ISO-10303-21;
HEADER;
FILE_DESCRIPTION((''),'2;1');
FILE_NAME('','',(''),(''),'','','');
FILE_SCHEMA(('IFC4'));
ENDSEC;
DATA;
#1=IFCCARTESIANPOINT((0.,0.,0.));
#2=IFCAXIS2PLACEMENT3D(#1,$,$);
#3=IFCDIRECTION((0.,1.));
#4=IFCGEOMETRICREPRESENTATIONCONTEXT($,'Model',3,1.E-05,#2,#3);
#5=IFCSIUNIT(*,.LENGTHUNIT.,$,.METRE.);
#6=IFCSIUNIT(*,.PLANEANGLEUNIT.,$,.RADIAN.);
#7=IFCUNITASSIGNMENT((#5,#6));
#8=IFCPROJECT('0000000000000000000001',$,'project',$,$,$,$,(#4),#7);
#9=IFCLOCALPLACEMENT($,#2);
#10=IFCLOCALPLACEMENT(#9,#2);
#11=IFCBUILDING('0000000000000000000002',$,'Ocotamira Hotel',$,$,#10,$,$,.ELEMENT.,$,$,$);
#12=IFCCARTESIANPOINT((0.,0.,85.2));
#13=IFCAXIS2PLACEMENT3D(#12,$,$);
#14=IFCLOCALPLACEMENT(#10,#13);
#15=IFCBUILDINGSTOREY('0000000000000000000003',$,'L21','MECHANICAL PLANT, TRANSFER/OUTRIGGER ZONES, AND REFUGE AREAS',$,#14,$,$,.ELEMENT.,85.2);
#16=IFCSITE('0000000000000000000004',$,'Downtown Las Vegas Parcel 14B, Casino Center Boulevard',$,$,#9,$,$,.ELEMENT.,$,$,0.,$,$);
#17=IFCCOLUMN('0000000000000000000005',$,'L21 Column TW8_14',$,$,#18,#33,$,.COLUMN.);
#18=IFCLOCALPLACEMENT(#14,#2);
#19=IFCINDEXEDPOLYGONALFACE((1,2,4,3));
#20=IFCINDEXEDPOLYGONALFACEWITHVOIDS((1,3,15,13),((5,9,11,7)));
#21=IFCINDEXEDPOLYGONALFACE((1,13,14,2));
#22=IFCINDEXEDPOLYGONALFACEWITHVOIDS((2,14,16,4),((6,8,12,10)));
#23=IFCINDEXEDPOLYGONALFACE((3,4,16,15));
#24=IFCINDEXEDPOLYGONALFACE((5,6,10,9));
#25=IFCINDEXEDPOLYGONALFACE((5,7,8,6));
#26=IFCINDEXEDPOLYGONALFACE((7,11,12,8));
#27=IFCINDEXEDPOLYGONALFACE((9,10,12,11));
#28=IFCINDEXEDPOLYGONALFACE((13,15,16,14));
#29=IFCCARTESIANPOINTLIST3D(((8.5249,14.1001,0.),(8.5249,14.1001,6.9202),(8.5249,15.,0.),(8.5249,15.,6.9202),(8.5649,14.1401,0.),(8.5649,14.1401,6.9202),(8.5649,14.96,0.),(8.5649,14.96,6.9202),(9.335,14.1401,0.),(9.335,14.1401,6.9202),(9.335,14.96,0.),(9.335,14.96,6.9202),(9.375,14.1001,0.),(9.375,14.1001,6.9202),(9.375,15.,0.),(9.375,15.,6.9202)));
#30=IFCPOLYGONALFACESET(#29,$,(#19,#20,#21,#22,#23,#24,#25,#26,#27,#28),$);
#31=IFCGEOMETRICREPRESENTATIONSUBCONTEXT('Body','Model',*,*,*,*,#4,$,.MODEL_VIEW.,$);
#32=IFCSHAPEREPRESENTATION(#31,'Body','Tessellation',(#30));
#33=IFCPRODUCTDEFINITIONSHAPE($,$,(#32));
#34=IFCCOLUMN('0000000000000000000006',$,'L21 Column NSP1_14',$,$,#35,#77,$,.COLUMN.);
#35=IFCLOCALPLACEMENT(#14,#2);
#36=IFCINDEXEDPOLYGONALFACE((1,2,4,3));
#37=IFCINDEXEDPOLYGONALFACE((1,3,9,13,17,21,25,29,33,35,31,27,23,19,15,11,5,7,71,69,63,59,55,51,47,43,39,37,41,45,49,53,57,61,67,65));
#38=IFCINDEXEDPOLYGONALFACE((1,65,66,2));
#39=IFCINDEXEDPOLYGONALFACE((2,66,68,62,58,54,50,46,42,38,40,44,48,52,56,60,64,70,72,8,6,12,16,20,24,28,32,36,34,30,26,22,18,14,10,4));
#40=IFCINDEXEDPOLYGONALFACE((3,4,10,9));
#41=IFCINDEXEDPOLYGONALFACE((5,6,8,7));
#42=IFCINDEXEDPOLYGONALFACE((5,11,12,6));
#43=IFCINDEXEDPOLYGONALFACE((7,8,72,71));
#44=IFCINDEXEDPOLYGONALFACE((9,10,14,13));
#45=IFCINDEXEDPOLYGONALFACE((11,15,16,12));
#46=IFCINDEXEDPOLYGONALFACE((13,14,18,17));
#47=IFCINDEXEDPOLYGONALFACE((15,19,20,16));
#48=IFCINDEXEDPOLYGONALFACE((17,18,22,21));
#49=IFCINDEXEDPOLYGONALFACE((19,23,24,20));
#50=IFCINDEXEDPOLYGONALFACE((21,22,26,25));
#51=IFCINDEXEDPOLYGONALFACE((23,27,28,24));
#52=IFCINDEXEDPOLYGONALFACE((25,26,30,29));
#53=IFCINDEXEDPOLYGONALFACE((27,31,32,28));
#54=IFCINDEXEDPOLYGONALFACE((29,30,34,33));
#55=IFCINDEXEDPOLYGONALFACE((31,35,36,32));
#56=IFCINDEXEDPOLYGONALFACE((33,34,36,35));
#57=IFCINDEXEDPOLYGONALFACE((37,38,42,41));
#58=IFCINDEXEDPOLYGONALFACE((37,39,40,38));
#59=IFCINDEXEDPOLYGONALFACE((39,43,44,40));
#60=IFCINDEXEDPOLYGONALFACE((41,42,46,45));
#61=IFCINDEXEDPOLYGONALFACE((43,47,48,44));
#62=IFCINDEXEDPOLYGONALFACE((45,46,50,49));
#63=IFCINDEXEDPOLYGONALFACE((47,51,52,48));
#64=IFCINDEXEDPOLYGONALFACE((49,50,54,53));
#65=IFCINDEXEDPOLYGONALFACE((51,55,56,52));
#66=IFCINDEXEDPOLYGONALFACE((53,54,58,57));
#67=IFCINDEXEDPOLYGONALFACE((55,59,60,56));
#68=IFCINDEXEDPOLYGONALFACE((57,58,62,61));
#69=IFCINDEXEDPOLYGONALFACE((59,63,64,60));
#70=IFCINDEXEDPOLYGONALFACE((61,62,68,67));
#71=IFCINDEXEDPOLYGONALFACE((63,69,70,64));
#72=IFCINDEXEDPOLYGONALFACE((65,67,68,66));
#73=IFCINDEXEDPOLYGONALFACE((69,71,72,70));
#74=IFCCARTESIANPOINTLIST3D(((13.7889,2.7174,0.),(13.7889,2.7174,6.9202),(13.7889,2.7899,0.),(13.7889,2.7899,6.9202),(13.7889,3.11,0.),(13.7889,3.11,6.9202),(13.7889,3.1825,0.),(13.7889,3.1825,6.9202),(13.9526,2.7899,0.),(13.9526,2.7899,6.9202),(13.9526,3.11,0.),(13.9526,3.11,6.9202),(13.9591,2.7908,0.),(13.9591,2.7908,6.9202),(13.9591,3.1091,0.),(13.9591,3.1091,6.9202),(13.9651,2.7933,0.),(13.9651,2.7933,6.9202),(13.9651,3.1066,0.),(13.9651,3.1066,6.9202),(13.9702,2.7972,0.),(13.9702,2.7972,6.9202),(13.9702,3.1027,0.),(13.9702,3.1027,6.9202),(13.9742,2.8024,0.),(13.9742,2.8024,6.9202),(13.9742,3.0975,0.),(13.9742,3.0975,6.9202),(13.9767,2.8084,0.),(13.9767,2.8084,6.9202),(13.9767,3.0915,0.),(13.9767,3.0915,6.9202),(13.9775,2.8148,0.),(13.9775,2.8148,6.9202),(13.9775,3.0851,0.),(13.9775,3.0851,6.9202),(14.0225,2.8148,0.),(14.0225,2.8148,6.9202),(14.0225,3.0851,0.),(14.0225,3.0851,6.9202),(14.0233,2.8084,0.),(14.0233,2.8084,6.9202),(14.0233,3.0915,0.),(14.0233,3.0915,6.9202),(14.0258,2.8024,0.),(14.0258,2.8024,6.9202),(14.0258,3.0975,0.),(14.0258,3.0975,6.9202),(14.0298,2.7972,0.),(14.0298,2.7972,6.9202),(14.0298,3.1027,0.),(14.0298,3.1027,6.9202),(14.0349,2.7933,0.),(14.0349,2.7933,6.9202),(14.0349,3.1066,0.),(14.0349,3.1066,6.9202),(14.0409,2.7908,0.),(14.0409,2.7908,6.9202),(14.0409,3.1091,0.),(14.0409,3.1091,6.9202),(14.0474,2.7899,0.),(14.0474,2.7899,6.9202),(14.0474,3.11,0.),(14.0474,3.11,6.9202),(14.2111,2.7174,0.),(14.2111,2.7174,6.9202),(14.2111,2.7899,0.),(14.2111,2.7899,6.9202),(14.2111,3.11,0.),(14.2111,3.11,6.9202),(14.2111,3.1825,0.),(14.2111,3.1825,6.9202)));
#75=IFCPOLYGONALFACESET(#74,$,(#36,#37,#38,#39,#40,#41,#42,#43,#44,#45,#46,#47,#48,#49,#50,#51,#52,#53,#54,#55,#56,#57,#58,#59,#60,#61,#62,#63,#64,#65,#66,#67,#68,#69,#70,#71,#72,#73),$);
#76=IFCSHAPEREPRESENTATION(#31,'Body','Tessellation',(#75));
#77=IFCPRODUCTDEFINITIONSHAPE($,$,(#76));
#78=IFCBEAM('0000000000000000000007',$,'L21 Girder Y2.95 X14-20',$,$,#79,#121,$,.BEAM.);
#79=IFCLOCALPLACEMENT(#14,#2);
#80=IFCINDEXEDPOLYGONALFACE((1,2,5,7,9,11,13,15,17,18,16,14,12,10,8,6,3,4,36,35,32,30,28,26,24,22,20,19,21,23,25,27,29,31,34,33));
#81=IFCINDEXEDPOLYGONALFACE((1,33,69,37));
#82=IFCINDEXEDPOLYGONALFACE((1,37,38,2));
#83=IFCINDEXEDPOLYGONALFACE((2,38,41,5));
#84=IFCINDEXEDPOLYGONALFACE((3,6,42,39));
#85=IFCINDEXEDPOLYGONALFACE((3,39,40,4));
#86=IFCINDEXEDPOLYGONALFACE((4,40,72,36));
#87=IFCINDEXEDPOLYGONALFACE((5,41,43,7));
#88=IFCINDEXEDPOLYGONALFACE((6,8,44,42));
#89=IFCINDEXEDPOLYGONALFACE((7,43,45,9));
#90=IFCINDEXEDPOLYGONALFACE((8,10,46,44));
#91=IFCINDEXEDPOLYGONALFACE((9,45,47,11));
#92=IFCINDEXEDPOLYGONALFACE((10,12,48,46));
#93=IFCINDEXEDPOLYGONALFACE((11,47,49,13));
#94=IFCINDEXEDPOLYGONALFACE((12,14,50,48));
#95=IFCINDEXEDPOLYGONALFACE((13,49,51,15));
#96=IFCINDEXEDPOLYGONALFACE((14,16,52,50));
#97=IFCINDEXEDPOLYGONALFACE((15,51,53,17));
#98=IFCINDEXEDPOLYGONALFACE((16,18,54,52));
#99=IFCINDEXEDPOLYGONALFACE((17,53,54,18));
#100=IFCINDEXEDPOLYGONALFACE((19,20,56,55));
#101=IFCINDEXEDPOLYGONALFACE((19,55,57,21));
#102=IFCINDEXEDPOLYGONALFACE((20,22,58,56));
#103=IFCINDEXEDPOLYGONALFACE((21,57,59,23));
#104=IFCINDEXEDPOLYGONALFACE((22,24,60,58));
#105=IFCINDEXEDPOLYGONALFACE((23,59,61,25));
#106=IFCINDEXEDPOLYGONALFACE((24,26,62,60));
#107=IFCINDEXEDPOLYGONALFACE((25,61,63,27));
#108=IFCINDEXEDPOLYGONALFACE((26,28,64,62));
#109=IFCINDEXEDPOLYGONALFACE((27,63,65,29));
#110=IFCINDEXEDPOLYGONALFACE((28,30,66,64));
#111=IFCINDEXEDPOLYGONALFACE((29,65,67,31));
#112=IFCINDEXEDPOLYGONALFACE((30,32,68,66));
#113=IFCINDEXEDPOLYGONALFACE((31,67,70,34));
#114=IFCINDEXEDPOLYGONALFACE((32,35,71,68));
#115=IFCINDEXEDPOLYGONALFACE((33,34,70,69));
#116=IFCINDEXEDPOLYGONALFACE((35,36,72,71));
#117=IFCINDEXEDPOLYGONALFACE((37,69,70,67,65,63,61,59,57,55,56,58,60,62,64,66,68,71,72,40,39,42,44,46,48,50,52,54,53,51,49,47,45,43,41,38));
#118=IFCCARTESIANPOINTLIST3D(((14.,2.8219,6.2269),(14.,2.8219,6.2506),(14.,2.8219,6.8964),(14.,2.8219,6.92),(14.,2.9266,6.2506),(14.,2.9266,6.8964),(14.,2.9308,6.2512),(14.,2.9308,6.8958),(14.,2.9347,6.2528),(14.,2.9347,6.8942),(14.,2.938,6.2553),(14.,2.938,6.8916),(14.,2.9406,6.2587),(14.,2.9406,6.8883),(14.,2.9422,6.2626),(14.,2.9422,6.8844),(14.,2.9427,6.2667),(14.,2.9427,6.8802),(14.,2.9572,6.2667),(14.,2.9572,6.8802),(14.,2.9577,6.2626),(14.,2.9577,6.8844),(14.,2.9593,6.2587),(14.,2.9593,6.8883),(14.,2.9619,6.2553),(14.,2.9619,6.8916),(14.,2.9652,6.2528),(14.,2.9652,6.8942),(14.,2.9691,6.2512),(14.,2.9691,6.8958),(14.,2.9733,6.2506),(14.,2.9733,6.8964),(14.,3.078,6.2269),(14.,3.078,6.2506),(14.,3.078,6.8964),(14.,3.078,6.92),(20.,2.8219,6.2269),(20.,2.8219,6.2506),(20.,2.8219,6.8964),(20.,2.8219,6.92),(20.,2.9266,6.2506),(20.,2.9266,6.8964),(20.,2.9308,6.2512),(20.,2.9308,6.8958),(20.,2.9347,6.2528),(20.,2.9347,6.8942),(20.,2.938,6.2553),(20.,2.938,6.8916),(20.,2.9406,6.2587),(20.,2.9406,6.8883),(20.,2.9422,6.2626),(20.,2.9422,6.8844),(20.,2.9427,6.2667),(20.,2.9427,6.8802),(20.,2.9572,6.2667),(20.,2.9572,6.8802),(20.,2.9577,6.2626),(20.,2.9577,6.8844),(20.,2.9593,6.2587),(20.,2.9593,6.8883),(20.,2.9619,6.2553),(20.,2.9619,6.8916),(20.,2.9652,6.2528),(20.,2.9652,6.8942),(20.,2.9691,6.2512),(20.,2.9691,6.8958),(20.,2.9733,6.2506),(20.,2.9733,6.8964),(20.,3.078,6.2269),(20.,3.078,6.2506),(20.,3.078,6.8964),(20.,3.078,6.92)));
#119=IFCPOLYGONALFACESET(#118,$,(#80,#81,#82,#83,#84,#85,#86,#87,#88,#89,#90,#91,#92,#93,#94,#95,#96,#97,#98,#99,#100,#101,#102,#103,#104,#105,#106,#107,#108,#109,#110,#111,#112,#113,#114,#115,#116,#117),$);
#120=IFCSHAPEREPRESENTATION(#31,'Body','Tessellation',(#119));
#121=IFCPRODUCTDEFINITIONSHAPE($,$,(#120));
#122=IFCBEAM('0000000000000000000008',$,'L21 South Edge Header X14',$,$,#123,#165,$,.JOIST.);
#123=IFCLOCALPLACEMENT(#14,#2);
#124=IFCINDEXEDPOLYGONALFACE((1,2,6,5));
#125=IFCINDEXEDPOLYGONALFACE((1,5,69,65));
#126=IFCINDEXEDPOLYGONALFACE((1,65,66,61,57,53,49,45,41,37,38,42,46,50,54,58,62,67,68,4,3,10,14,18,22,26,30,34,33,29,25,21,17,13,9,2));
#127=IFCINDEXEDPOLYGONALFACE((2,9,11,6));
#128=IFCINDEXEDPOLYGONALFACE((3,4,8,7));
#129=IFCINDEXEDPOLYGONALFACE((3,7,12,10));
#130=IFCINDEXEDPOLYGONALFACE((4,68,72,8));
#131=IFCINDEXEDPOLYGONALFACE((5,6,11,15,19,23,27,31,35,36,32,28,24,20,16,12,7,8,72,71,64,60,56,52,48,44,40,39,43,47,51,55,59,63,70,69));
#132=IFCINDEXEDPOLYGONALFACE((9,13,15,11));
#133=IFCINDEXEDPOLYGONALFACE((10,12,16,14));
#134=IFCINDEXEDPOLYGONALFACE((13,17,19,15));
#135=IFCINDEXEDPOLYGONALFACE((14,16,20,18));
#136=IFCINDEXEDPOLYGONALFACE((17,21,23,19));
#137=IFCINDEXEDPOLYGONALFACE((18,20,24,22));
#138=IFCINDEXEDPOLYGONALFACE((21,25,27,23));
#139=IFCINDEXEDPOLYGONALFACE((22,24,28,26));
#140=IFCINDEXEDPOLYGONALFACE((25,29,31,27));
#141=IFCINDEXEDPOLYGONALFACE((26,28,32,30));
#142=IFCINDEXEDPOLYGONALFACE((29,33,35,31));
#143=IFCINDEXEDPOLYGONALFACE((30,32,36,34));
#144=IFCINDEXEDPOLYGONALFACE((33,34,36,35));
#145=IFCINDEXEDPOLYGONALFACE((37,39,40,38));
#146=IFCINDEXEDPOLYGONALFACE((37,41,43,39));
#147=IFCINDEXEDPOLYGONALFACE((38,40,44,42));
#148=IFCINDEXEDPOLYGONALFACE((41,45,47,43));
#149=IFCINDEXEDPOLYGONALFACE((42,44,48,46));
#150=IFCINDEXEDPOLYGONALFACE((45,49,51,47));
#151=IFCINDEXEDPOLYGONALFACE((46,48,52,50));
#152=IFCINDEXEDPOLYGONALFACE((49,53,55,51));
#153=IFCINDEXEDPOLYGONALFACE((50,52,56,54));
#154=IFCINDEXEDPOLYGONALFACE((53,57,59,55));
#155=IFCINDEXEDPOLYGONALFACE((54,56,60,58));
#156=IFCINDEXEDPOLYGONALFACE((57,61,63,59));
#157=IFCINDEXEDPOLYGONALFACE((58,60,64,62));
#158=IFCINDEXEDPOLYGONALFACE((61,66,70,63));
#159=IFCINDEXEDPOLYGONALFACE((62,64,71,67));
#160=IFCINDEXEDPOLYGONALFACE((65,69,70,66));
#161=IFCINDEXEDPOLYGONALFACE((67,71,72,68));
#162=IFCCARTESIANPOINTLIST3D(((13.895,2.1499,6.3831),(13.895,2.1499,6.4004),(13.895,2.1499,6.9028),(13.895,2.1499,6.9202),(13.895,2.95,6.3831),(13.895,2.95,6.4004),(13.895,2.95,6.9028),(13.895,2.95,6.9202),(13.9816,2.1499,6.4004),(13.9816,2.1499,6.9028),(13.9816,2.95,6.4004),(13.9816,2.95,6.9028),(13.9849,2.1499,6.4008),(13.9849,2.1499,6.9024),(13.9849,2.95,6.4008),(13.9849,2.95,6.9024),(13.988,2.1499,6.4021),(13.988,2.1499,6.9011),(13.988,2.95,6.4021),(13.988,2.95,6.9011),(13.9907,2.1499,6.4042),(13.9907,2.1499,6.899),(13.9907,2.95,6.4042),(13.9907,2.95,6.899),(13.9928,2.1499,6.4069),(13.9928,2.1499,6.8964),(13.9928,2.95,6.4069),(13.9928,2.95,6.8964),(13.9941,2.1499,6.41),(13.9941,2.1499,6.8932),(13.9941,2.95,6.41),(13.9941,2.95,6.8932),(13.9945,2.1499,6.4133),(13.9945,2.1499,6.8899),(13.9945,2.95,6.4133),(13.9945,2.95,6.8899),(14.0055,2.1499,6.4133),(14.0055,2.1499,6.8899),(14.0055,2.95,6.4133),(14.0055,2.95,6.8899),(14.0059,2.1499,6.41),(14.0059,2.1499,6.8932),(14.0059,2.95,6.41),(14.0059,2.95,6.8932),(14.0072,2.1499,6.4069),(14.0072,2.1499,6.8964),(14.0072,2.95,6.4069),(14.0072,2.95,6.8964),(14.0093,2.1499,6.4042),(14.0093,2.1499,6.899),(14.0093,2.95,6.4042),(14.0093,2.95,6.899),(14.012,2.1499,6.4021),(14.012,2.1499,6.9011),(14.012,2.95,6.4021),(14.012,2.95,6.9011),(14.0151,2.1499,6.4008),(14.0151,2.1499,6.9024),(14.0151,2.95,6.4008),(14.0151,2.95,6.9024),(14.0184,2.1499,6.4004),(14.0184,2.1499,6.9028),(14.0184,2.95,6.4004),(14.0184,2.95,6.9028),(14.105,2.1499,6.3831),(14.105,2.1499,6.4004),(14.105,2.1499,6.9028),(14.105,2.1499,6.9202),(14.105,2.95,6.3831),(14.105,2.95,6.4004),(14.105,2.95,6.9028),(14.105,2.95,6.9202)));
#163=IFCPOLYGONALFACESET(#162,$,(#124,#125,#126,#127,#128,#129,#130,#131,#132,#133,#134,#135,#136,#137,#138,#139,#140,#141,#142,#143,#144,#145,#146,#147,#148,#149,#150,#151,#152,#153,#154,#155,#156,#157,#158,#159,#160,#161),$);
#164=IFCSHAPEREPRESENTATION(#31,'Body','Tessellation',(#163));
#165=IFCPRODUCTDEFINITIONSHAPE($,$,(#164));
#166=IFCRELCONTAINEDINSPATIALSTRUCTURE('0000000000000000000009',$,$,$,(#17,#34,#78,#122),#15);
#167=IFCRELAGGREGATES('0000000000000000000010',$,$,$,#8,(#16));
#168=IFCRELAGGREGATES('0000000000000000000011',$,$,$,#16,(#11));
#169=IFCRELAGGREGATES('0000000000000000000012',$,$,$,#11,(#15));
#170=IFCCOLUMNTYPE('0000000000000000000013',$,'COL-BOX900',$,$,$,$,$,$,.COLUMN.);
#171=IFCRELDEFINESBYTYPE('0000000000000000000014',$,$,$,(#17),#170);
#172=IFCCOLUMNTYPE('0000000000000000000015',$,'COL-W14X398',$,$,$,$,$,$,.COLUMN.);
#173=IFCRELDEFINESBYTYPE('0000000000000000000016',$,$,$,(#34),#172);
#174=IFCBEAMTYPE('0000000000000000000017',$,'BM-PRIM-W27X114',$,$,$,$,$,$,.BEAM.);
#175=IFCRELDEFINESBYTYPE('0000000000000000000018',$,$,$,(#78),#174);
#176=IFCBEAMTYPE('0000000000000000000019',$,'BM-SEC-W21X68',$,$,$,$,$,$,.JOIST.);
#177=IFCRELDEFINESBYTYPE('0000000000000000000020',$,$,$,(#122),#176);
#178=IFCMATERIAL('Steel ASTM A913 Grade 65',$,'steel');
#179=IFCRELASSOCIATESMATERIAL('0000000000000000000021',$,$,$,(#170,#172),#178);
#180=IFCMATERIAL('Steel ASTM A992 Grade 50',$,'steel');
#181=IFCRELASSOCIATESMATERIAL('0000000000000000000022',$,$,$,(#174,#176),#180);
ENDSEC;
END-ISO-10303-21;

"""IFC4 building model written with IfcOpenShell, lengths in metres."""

from ifc_helpers import new_model, si_unit, direction, frame, origin, origin_2d, place, context, subcontext, project, spatial, hollow_rectangle, i_section, extrude, source, transform, mapped, material, material_profile, profile_set, type_object, element, save


model = new_model("IFC4")

# Units and contexts
model_context = context("Model", 3, precision=1e-05, world=origin(), true_north=direction((0.0, 1.0)))
body_context = subcontext(model_context, "Body", "Model", "MODEL_VIEW")
ifc_project = project(units=[si_unit("LENGTHUNIT", "METRE"), si_unit("PLANEANGLEUNIT", "RADIAN")], contexts=[model_context])

# Site, building, storey
site_placement = place(None, origin())
site = spatial("IfcSite", under=ifc_project, at=site_placement, Name="Downtown Las Vegas Parcel 14B, Casino Center Boulevard", CompositionType="ELEMENT", RefElevation=0.0)
building_placement = place(site_placement, origin())
building = spatial("IfcBuilding", under=site, at=building_placement, Name="Ocotamira Hotel", CompositionType="ELEMENT")
storey_placement = place(building_placement, frame((0.0, 0.0, 85.2)))
storey = spatial("IfcBuildingStorey", under=building, at=storey_placement, Name="L21", Description="MECHANICAL PLANT, TRANSFER/OUTRIGGER ZONES, AND REFUGE AREAS", CompositionType="ELEMENT", Elevation=85.2)

# Columns
ifc_material_1 = material(Name="Steel ASTM A913 Grade 65", Category="steel")
ifc_material_profile_1 = material_profile(ifc_material_1, hollow_rectangle(XDim=0.8501, YDim=0.8999, WallThickness=0.04, at=origin_2d()), Name="BOX900X850X40")
ifc_profile_set_1 = profile_set([ifc_material_profile_1], Name="Steel ASTM A913 Grade 65")
column_type_1 = type_object("IfcColumnType", Name="COL-BOX900", PredefinedType="COLUMN", material=ifc_profile_set_1)
shared_shape_1 = source(origin(), body_context, "Body", "SweptSolid", [
    extrude(hollow_rectangle(XDim=0.8501, YDim=0.8999, WallThickness=0.04, at=origin_2d()), origin(), (0.0, 0.0, 1.0), 6.9202),
])
column_1_placement = place(storey_placement, frame((8.95, 14.55, 0.0), z_axis=(0.0, 0.0, 1.0), x_axis=(1.0, 0.0, 0.0)))
element("IfcColumn", 1, at=column_1_placement, inside=storey, type_object=column_type_1, Name="L21 Column TW8_14", PredefinedType="COLUMN", context=body_context, shape_type="MappedRepresentation", body=[
    mapped(shared_shape_1, transform((0.0, 0.0, 0.0), scale=1.0)),
])
ifc_material_profile_2 = material_profile(ifc_material_1, i_section(OverallWidth=0.4221, OverallDepth=0.4651, WebThickness=0.0449, FlangeThickness=0.0725, FilletRadius=0.0249, at=origin_2d()), Name="W14X398")
ifc_profile_set_2 = profile_set([ifc_material_profile_2], Name="Steel ASTM A913 Grade 65")
column_type_2 = type_object("IfcColumnType", Name="COL-W14X398", PredefinedType="COLUMN", material=ifc_profile_set_2)
shared_shape_2 = source(origin(), body_context, "Body", "SweptSolid", [
    extrude(i_section(OverallWidth=0.4221, OverallDepth=0.4651, WebThickness=0.0449, FlangeThickness=0.0725, FilletRadius=0.0249, at=origin_2d()), origin(), (0.0, 0.0, 1.0), 6.9202),
])
column_2_placement = place(storey_placement, frame((14.0, 2.95, 0.0), z_axis=(0.0, 0.0, 1.0), x_axis=(1.0, 0.0, 0.0)))
element("IfcColumn", 2, at=column_2_placement, inside=storey, type_object=column_type_2, Name="L21 Column NSP1_14", PredefinedType="COLUMN", context=body_context, shape_type="MappedRepresentation", body=[
    mapped(shared_shape_2, transform((0.0, 0.0, 0.0), scale=1.0)),
])

# Beams
ifc_material_2 = material(Name="Steel ASTM A992 Grade 50", Category="steel")
ifc_material_profile_3 = material_profile(ifc_material_2, i_section(OverallWidth=0.2561, OverallDepth=0.6931, WebThickness=0.0144, FlangeThickness=0.0237, FilletRadius=0.0161, at=origin_2d()), Name="W27X114")
ifc_profile_set_3 = profile_set([ifc_material_profile_3], Name="Steel ASTM A992 Grade 50")
beam_type_1 = type_object("IfcBeamType", Name="BM-PRIM-W27X114", PredefinedType="BEAM", material=ifc_profile_set_3)
shared_shape_3 = source(origin(), body_context, "Body", "SweptSolid", [
    extrude(i_section(OverallWidth=0.2561, OverallDepth=0.6931, WebThickness=0.0144, FlangeThickness=0.0237, FilletRadius=0.0161, at=origin_2d()), origin(), (0.0, 0.0, 1.0), 6.0),
])
beam_1_placement = place(storey_placement, frame((14.0, 2.95, 6.5735), z_axis=(1.0, 0.0, 0.0), x_axis=(0.0, 1.0, 0.0)))
element("IfcBeam", 3, at=beam_1_placement, inside=storey, type_object=beam_type_1, Name="L21 Girder Y2.95 X14-20", PredefinedType="BEAM", context=body_context, shape_type="MappedRepresentation", body=[
    mapped(shared_shape_3, transform((0.0, 0.0, 0.0), scale=1.0)),
])
ifc_material_profile_4 = material_profile(ifc_material_2, i_section(OverallWidth=0.21, OverallDepth=0.5371, WebThickness=0.011, FlangeThickness=0.0173, FilletRadius=0.0129, at=origin_2d()), Name="W21X68")
ifc_profile_set_4 = profile_set([ifc_material_profile_4], Name="Steel ASTM A992 Grade 50")
beam_type_2 = type_object("IfcBeamType", Name="BM-SEC-W21X68", PredefinedType="JOIST", material=ifc_profile_set_4)
shared_shape_4 = source(origin(), body_context, "Body", "SweptSolid", [
    extrude(i_section(OverallWidth=0.21, OverallDepth=0.5371, WebThickness=0.011, FlangeThickness=0.0173, FilletRadius=0.0129, at=origin_2d()), origin(), (0.0, 0.0, 1.0), 0.8),
])
beam_2_placement = place(storey_placement, frame((14.0, 2.95, 6.6516), z_axis=(0.0, -1.0, 0.0), x_axis=(1.0, 0.0, 0.0)))
element("IfcBeam", 4, at=beam_2_placement, inside=storey, type_object=beam_type_2, Name="L21 South Edge Header X14", PredefinedType="JOIST", context=body_context, shape_type="MappedRepresentation", body=[
    mapped(shared_shape_4, transform((0.0, 0.0, 0.0), scale=1.0)),
])

save(model, "model.ifc")
